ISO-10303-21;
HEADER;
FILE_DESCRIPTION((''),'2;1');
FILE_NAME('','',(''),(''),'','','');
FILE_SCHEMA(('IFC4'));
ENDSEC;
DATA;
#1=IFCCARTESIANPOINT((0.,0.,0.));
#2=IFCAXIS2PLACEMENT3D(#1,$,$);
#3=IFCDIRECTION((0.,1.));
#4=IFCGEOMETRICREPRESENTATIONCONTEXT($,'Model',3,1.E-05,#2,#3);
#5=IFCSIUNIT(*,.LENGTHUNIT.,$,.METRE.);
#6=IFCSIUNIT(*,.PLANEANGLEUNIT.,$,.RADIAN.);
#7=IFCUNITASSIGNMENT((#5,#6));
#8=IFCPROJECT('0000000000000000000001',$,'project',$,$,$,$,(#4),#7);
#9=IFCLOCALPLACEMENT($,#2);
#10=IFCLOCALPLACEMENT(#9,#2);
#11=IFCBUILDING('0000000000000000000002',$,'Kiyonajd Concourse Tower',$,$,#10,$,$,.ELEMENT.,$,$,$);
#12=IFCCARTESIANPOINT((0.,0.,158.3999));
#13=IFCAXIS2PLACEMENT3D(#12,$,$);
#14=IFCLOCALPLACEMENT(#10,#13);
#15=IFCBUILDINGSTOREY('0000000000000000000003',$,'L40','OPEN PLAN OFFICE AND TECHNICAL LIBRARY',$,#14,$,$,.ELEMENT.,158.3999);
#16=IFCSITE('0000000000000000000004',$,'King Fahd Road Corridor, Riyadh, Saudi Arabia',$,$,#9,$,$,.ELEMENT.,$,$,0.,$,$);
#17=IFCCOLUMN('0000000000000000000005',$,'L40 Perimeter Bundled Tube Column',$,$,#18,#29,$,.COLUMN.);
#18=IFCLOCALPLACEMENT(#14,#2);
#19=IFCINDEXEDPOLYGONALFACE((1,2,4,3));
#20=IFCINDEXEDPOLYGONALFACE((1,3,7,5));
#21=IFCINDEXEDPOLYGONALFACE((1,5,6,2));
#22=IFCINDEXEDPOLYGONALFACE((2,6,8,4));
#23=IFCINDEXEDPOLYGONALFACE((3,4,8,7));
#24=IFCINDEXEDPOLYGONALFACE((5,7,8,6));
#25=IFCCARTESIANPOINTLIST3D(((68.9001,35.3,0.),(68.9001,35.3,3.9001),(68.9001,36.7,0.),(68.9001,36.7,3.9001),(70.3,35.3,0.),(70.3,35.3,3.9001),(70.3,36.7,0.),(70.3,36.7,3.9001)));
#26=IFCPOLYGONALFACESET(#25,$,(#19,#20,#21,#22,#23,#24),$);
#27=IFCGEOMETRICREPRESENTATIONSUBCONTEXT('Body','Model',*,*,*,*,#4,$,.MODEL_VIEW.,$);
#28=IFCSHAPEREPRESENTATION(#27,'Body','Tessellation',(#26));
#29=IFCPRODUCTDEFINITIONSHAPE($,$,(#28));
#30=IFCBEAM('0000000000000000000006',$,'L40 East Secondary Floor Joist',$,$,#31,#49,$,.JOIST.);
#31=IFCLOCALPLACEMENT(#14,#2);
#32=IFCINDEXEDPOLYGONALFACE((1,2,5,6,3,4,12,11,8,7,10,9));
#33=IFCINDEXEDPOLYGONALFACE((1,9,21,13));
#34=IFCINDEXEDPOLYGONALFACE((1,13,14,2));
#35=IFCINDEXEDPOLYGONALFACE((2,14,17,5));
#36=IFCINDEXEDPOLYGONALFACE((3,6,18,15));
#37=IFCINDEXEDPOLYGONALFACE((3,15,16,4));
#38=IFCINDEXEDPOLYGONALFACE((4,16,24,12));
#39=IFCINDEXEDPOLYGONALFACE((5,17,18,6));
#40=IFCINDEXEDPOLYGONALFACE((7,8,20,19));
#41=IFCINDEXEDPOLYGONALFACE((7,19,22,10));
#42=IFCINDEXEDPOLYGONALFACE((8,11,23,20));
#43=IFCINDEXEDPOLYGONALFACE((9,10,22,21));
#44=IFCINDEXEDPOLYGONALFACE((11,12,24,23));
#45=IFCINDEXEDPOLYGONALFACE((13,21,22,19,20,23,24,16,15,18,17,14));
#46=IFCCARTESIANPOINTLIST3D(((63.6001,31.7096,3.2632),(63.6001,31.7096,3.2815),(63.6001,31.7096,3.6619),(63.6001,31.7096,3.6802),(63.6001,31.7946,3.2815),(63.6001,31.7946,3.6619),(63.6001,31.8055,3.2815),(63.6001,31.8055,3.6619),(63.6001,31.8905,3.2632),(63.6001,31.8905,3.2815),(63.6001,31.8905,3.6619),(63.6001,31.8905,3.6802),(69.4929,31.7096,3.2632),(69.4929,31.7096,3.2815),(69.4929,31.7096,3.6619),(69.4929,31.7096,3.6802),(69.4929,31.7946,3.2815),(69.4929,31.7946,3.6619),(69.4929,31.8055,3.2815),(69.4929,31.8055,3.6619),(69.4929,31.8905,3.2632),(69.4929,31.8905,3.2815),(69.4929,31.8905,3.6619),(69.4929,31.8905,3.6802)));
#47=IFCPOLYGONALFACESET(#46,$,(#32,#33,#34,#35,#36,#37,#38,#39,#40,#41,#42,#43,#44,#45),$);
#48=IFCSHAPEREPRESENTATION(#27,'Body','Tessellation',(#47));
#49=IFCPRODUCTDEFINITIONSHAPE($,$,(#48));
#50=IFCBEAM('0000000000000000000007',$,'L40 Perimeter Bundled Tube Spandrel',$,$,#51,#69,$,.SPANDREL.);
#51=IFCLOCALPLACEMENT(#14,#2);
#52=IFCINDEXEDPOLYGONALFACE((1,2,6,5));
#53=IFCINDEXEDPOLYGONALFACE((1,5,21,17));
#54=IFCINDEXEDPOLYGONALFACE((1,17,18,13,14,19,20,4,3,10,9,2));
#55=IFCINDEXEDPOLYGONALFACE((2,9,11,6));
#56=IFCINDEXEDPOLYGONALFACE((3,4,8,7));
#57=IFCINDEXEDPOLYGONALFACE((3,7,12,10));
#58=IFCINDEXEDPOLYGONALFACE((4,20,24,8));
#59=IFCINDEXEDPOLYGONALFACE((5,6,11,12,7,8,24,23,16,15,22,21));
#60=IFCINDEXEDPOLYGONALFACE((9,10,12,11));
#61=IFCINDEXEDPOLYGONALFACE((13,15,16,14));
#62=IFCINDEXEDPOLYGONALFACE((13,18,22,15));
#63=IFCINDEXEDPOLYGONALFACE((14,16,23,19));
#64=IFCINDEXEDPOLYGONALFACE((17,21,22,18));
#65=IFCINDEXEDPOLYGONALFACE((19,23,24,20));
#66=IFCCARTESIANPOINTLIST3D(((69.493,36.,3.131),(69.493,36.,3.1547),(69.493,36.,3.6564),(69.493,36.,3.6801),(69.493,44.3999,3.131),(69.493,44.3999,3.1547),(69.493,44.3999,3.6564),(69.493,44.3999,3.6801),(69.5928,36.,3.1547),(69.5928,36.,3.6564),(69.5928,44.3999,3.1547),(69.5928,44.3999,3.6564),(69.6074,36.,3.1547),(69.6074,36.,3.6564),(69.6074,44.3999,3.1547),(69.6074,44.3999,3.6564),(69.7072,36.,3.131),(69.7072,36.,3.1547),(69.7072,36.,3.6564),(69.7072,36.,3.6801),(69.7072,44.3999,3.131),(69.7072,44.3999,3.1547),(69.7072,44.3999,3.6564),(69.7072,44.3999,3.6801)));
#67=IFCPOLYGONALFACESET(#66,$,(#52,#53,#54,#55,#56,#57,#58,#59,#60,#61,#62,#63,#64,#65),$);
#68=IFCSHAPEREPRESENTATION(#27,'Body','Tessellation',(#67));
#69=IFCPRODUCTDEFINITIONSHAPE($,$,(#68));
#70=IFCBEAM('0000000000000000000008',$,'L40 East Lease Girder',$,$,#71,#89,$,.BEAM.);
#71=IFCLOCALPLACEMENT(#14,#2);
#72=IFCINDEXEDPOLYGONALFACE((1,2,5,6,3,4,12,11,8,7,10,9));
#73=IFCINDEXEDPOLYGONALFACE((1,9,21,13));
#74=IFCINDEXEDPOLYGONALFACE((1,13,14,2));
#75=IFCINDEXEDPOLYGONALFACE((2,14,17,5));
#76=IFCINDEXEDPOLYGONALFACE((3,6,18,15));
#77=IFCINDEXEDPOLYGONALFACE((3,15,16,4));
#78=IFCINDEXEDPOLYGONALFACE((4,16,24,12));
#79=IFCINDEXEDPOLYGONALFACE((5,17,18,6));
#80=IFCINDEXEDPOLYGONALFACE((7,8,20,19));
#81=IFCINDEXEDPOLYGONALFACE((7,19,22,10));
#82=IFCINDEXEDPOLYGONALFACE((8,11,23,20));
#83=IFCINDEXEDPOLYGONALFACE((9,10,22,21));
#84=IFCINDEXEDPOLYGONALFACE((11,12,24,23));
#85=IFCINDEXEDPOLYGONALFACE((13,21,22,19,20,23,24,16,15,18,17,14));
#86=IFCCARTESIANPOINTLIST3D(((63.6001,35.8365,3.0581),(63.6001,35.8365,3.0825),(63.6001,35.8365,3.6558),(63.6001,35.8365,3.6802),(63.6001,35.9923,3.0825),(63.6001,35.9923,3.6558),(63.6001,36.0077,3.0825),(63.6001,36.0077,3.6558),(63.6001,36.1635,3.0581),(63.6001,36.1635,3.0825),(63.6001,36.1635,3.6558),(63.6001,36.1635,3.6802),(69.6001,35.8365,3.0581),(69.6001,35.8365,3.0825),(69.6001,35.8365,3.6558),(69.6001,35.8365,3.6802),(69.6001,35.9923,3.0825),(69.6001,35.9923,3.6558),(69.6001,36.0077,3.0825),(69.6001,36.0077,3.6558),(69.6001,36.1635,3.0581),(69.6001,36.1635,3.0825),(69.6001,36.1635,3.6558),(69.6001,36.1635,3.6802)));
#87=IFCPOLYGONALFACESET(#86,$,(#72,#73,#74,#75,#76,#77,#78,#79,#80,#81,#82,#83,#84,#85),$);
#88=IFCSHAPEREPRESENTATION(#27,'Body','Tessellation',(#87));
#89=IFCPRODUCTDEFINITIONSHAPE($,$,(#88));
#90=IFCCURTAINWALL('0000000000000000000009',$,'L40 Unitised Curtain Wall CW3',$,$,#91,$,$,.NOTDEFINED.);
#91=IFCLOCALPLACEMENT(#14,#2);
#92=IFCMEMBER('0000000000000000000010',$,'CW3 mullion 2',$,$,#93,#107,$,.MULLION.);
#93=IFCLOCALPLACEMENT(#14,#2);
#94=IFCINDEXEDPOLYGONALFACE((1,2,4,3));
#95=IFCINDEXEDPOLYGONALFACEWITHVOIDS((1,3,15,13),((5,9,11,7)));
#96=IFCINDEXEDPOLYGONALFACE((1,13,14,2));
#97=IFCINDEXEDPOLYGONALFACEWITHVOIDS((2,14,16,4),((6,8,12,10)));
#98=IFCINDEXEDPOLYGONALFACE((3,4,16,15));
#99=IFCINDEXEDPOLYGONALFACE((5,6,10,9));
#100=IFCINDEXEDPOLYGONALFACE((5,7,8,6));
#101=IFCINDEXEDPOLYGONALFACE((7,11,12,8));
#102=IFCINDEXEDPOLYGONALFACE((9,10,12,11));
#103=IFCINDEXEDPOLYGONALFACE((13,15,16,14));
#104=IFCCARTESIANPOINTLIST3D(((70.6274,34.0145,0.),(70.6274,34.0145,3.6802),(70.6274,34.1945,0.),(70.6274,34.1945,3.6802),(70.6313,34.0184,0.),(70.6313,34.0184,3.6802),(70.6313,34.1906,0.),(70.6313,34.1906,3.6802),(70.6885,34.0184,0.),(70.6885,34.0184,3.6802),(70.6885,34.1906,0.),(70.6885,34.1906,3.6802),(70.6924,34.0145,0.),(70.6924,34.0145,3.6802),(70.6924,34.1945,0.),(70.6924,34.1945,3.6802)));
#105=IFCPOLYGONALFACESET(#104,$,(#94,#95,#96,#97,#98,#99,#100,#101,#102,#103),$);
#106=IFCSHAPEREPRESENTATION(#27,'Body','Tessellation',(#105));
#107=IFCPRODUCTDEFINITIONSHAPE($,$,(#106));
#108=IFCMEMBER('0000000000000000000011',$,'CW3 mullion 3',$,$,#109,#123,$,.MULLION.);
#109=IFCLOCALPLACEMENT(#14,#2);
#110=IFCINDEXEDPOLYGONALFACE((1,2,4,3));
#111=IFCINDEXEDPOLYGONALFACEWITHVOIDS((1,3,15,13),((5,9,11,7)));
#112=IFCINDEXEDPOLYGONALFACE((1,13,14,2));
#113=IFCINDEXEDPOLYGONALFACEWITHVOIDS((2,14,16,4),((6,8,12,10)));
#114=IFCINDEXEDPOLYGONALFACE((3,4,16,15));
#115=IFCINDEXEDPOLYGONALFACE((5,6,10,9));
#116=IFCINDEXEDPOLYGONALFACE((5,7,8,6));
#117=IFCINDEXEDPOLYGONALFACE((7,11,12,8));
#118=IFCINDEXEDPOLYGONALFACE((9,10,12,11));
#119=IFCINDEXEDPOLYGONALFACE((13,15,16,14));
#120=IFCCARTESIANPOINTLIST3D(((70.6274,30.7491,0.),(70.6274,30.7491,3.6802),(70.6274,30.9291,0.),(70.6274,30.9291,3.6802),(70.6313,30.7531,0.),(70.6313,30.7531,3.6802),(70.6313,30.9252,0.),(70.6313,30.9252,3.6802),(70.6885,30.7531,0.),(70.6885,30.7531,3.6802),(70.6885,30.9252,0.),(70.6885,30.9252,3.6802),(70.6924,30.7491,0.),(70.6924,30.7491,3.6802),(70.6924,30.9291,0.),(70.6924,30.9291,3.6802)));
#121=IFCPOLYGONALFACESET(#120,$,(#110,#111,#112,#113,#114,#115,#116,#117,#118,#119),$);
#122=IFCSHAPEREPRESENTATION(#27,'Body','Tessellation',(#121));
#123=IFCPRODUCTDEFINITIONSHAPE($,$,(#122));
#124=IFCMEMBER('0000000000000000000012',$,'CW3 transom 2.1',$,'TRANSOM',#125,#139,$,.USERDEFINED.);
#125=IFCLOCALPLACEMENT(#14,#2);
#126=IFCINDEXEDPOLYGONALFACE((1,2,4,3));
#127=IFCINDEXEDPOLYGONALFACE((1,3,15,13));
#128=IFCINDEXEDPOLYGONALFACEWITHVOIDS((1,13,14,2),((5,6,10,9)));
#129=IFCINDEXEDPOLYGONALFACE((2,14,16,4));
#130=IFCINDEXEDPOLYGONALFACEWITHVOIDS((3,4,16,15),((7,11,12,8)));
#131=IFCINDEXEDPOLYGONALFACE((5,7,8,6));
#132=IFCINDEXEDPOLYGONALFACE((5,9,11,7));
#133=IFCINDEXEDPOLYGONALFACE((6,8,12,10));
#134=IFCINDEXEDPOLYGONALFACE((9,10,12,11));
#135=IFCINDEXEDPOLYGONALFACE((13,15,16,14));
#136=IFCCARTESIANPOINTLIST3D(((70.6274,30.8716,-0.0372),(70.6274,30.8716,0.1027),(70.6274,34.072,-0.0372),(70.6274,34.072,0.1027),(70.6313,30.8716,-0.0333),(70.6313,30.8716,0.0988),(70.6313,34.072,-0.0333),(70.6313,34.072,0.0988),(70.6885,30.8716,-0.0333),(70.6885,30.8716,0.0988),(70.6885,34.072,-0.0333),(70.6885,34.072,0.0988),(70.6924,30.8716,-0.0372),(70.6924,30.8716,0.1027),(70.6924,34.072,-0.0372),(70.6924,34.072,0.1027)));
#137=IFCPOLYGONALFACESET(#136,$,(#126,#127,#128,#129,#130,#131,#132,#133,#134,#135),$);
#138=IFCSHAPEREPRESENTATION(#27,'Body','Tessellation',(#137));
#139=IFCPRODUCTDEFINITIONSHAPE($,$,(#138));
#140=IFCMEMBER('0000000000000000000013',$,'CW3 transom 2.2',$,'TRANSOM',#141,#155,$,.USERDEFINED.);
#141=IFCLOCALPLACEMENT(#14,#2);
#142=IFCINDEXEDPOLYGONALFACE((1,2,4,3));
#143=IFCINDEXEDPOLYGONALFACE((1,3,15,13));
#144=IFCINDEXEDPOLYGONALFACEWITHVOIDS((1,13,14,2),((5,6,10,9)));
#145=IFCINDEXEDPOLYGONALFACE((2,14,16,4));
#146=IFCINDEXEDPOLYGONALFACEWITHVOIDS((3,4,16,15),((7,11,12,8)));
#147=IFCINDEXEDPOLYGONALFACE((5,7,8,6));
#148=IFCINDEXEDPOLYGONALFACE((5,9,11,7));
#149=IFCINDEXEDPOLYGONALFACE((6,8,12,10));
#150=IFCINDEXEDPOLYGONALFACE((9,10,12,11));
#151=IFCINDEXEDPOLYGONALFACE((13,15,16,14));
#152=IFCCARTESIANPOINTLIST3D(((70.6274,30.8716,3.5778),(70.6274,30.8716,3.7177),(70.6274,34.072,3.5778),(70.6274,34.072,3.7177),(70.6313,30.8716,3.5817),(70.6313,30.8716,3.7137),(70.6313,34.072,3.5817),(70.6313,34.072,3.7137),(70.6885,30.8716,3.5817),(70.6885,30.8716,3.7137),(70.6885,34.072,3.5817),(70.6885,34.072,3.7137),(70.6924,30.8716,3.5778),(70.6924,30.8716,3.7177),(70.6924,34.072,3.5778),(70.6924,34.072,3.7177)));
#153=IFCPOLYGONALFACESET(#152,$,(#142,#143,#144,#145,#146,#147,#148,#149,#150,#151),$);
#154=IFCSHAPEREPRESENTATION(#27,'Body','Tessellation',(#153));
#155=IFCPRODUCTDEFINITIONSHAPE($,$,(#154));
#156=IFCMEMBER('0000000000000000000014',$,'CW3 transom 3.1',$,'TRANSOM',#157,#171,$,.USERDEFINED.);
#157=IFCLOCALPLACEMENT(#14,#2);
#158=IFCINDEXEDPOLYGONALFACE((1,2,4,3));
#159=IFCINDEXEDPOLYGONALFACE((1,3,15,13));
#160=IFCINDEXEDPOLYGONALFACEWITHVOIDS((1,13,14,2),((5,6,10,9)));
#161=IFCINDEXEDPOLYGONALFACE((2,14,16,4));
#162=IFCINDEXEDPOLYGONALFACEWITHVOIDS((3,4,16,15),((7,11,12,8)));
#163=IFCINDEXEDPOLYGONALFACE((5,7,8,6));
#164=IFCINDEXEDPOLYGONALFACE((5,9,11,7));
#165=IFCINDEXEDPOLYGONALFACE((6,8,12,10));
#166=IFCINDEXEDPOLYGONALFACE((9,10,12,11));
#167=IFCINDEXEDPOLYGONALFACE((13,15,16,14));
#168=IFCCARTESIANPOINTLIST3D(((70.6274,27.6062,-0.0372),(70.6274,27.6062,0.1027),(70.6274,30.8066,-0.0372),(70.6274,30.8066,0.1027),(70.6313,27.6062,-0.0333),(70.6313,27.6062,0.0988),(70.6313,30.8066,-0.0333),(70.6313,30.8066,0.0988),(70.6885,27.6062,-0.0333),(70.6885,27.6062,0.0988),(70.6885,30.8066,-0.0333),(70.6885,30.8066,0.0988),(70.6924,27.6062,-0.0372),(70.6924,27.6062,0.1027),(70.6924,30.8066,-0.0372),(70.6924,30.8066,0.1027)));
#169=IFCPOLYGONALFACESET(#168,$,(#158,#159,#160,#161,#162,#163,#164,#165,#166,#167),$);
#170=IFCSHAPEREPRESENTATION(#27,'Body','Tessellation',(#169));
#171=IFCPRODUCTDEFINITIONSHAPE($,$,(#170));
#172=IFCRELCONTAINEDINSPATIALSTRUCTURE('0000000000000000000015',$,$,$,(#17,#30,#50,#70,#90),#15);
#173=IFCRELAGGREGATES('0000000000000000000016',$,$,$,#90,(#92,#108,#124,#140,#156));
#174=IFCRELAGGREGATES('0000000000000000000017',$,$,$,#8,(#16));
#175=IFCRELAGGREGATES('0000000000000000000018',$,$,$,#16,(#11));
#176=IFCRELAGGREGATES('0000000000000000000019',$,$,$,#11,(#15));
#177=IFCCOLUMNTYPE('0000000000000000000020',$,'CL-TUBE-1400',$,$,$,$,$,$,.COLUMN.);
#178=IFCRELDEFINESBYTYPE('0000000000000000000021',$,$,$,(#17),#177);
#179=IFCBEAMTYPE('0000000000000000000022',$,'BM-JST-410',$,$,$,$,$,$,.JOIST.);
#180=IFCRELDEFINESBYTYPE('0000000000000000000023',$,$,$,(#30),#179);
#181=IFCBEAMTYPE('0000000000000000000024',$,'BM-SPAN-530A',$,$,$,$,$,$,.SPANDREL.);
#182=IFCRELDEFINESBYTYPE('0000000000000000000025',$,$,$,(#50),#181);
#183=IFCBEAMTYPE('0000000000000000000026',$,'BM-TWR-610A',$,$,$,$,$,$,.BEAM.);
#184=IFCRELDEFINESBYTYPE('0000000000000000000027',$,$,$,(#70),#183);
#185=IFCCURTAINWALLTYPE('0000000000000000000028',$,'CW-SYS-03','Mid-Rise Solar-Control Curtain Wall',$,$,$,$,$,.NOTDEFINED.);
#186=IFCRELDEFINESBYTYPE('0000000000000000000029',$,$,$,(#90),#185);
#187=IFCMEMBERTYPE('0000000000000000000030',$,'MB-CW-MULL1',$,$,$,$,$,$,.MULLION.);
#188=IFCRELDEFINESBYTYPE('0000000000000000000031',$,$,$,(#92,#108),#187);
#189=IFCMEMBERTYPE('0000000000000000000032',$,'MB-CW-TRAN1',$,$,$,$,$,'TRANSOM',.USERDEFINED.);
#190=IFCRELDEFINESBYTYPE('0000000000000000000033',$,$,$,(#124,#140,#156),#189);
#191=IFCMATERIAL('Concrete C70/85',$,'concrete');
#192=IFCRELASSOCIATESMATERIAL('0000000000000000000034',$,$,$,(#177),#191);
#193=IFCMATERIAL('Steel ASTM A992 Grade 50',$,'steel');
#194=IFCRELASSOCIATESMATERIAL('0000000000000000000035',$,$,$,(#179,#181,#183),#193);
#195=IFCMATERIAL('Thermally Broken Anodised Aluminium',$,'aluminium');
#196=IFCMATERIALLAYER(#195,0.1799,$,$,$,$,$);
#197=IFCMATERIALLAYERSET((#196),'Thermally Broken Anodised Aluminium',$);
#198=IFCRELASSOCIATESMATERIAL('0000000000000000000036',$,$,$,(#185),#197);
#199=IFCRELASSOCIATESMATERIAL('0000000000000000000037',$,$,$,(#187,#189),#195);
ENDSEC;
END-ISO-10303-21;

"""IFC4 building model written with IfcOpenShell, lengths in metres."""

from ifc_helpers import new_model, si_unit, direction, frame, origin, origin_2d, place, context, subcontext, project, spatial, rectangle, hollow_rectangle, i_section, extrude, material, layer, layer_set, material_profile, profile_set, type_object, element, aggregate, save


model = new_model("IFC4")

# Units and contexts
model_context = context("Model", 3, precision=1e-05, world=origin(), true_north=direction((0.0, 1.0)))
body_context = subcontext(model_context, "Body", "Model", "MODEL_VIEW")
ifc_project = project(units=[si_unit("LENGTHUNIT", "METRE"), si_unit("PLANEANGLEUNIT", "RADIAN")], contexts=[model_context])

# Site, building, storey
site_placement = place(None, origin())
site = spatial("IfcSite", under=ifc_project, at=site_placement, Name="King Fahd Road Corridor, Riyadh, Saudi Arabia", CompositionType="ELEMENT", RefElevation=0.0)
building_placement = place(site_placement, origin())
building = spatial("IfcBuilding", under=site, at=building_placement, Name="Kiyonajd Concourse Tower", CompositionType="ELEMENT")
storey_placement = place(building_placement, frame((0.0, 0.0, 158.3999)))
storey = spatial("IfcBuildingStorey", under=building, at=storey_placement, Name="L40", Description="OPEN PLAN OFFICE AND TECHNICAL LIBRARY", CompositionType="ELEMENT", Elevation=158.3999)

# Column
ifc_material_1 = material(Name="Concrete C70/85", Category="concrete")
ifc_material_profile_1 = material_profile(ifc_material_1, rectangle(XDim=1.3999, YDim=1.3999, at=origin_2d()), Name="RC-1400x1400")
ifc_profile_set_1 = profile_set([ifc_material_profile_1], Name="Concrete C70/85")
column_type = type_object("IfcColumnType", Name="CL-TUBE-1400", PredefinedType="COLUMN", material=ifc_profile_set_1)
column_placement = place(storey_placement, frame((69.6001, 36.0, 0.0), z_axis=(0.0, 0.0, 1.0), x_axis=(1.0, 0.0, 0.0)))
element("IfcColumn", 1, at=column_placement, inside=storey, type_object=column_type, Name="L40 Perimeter Bundled Tube Column", PredefinedType="COLUMN", context=body_context, shape_type="SweptSolid", body=[
    extrude(rectangle(XDim=1.3999, YDim=1.3999, at=origin_2d()), origin(), (0.0, 0.0, 1.0), 3.9001),
])

# Beams
ifc_material_2 = material(Name="Steel ASTM A992 Grade 50", Category="steel")
ifc_material_profile_2 = material_profile(ifc_material_2, i_section(OverallWidth=0.1809, OverallDepth=0.417, WebThickness=0.011, FlangeThickness=0.0183, at=origin_2d()), Name="W410X85")
ifc_profile_set_2 = profile_set([ifc_material_profile_2], Name="Steel ASTM A992 Grade 50")
beam_type_1 = type_object("IfcBeamType", Name="BM-JST-410", PredefinedType="JOIST", material=ifc_profile_set_2)
beam_1_placement = place(storey_placement, frame((63.6001, 31.8, 3.4717), z_axis=(1.0, 0.0, 0.0), x_axis=(0.0, 1.0, 0.0)))
element("IfcBeam", 2, at=beam_1_placement, inside=storey, type_object=beam_type_1, Name="L40 East Secondary Floor Joist", PredefinedType="JOIST", context=body_context, shape_type="SweptSolid", body=[
    extrude(i_section(OverallWidth=0.1809, OverallDepth=0.417, WebThickness=0.011, FlangeThickness=0.0183, at=origin_2d()), origin(), (0.0, 0.0, 1.0), 5.8928),
])
ifc_material_profile_3 = material_profile(ifc_material_2, i_section(OverallWidth=0.2141, OverallDepth=0.5491, WebThickness=0.0146, FlangeThickness=0.0237, at=origin_2d()), Name="W530X138")
ifc_profile_set_3 = profile_set([ifc_material_profile_3], Name="Steel ASTM A992 Grade 50")
beam_type_2 = type_object("IfcBeamType", Name="BM-SPAN-530A", PredefinedType="SPANDREL", material=ifc_profile_set_3)
beam_2_placement = place(storey_placement, frame((69.6001, 36.0, 3.4055), z_axis=(0.0, 1.0, 0.0), x_axis=(-1.0, 0.0, 0.0)))
element("IfcBeam", 3, at=beam_2_placement, inside=storey, type_object=beam_type_2, Name="L40 Perimeter Bundled Tube Spandrel", PredefinedType="SPANDREL", context=body_context, shape_type="SweptSolid", body=[
    extrude(i_section(OverallWidth=0.2141, OverallDepth=0.5491, WebThickness=0.0146, FlangeThickness=0.0237, at=origin_2d()), origin(), (0.0, 0.0, 1.0), 8.3999),
])
ifc_material_profile_4 = material_profile(ifc_material_2, i_section(OverallWidth=0.3269, OverallDepth=0.6221, WebThickness=0.0154, FlangeThickness=0.0244, at=origin_2d()), Name="W610X195")
ifc_profile_set_4 = profile_set([ifc_material_profile_4], Name="Steel ASTM A992 Grade 50")
beam_type_3 = type_object("IfcBeamType", Name="BM-TWR-610A", PredefinedType="BEAM", material=ifc_profile_set_4)
beam_3_placement = place(storey_placement, frame((63.6001, 36.0, 3.3691), z_axis=(1.0, 0.0, 0.0), x_axis=(0.0, 1.0, 0.0)))
element("IfcBeam", 4, at=beam_3_placement, inside=storey, type_object=beam_type_3, Name="L40 East Lease Girder", PredefinedType="BEAM", context=body_context, shape_type="SweptSolid", body=[
    extrude(i_section(OverallWidth=0.3269, OverallDepth=0.6221, WebThickness=0.0154, FlangeThickness=0.0244, at=origin_2d()), origin(), (0.0, 0.0, 1.0), 6.0),
])

# Curtain wall, members
ifc_material_3 = material(Name="Thermally Broken Anodised Aluminium", Category="aluminium")
ifc_layer_1 = layer(ifc_material_3, 0.1799)
ifc_layer_set_1 = layer_set([ifc_layer_1], Name="Thermally Broken Anodised Aluminium")
curtain_wall_type = type_object("IfcCurtainWallType", Name="CW-SYS-03", Description="Mid-Rise Solar-Control Curtain Wall", PredefinedType="NOTDEFINED", material=ifc_layer_set_1)
curtain_wall_placement = place(storey_placement, origin())
curtain_wall = element("IfcCurtainWall", 5, at=curtain_wall_placement, inside=storey, type_object=curtain_wall_type, Name="L40 Unitised Curtain Wall CW3", PredefinedType="NOTDEFINED")
ifc_material_profile_5 = material_profile(ifc_material_3, hollow_rectangle(XDim=0.0649, YDim=0.1799, WallThickness=0.0039, at=origin_2d()), Name="MULL-65x180")
ifc_profile_set_5 = profile_set([ifc_material_profile_5], Name="Thermally Broken Anodised Aluminium")
member_type_1 = type_object("IfcMemberType", Name="MB-CW-MULL1", PredefinedType="MULLION", material=ifc_profile_set_5)
member_1_placement = place(storey_placement, frame((70.6599, 34.1045, 0.0), z_axis=(0.0, 0.0, 1.0), x_axis=(1.0, 0.0, 0.0)))
member_1 = element("IfcMember", 6, at=member_1_placement, type_object=member_type_1, Name="CW3 mullion 2", PredefinedType="MULLION", context=body_context, shape_type="SweptSolid", body=[
    extrude(hollow_rectangle(XDim=0.0649, YDim=0.1799, WallThickness=0.0039, at=origin_2d()), origin(), (0.0, 0.0, 1.0), 3.6802),
])
member_2_placement = place(storey_placement, frame((70.6599, 30.8391, 0.0), z_axis=(0.0, 0.0, 1.0), x_axis=(1.0, 0.0, 0.0)))
member_2 = element("IfcMember", 7, at=member_2_placement, type_object=member_type_1, Name="CW3 mullion 3", PredefinedType="MULLION", context=body_context, shape_type="SweptSolid", body=[
    extrude(hollow_rectangle(XDim=0.0649, YDim=0.1799, WallThickness=0.0039, at=origin_2d()), origin(), (0.0, 0.0, 1.0), 3.6802),
])
ifc_material_profile_6 = material_profile(ifc_material_3, hollow_rectangle(XDim=0.0649, YDim=0.1399, WallThickness=0.0039, at=origin_2d()), Name="TRAN-65x140")
ifc_profile_set_6 = profile_set([ifc_material_profile_6], Name="Thermally Broken Anodised Aluminium")
member_type_2 = type_object("IfcMemberType", Name="MB-CW-TRAN1", ElementType="TRANSOM", PredefinedType="USERDEFINED", material=ifc_profile_set_6)
member_3_placement = place(storey_placement, frame((70.6599, 34.072, 0.0327), z_axis=(0.0, -1.0, 0.0), x_axis=(1.0, 0.0, 0.0)))
member_3 = element("IfcMember", 8, at=member_3_placement, type_object=member_type_2, Name="CW3 transom 2.1", ObjectType="TRANSOM", PredefinedType="USERDEFINED", context=body_context, shape_type="SweptSolid", body=[
    extrude(hollow_rectangle(XDim=0.0649, YDim=0.1399, WallThickness=0.0039, at=origin_2d()), origin(), (0.0, 0.0, 1.0), 3.2004),
])
member_4_placement = place(storey_placement, frame((70.6599, 34.072, 3.6477), z_axis=(0.0, -1.0, 0.0), x_axis=(1.0, 0.0, 0.0)))
member_4 = element("IfcMember", 9, at=member_4_placement, type_object=member_type_2, Name="CW3 transom 2.2", ObjectType="TRANSOM", PredefinedType="USERDEFINED", context=body_context, shape_type="SweptSolid", body=[
    extrude(hollow_rectangle(XDim=0.0649, YDim=0.1399, WallThickness=0.0039, at=origin_2d()), origin(), (0.0, 0.0, 1.0), 3.2004),
])
member_5_placement = place(storey_placement, frame((70.6599, 30.8066, 0.0327), z_axis=(0.0, -1.0, 0.0), x_axis=(1.0, 0.0, 0.0)))
member_5 = element("IfcMember", 10, at=member_5_placement, type_object=member_type_2, Name="CW3 transom 3.1", ObjectType="TRANSOM", PredefinedType="USERDEFINED", context=body_context, shape_type="SweptSolid", body=[
    extrude(hollow_rectangle(XDim=0.0649, YDim=0.1399, WallThickness=0.0039, at=origin_2d()), origin(), (0.0, 0.0, 1.0), 3.2004),
])
aggregate(curtain_wall, [member_1, member_2, member_3, member_4, member_5])

save(model, "model.ifc")
